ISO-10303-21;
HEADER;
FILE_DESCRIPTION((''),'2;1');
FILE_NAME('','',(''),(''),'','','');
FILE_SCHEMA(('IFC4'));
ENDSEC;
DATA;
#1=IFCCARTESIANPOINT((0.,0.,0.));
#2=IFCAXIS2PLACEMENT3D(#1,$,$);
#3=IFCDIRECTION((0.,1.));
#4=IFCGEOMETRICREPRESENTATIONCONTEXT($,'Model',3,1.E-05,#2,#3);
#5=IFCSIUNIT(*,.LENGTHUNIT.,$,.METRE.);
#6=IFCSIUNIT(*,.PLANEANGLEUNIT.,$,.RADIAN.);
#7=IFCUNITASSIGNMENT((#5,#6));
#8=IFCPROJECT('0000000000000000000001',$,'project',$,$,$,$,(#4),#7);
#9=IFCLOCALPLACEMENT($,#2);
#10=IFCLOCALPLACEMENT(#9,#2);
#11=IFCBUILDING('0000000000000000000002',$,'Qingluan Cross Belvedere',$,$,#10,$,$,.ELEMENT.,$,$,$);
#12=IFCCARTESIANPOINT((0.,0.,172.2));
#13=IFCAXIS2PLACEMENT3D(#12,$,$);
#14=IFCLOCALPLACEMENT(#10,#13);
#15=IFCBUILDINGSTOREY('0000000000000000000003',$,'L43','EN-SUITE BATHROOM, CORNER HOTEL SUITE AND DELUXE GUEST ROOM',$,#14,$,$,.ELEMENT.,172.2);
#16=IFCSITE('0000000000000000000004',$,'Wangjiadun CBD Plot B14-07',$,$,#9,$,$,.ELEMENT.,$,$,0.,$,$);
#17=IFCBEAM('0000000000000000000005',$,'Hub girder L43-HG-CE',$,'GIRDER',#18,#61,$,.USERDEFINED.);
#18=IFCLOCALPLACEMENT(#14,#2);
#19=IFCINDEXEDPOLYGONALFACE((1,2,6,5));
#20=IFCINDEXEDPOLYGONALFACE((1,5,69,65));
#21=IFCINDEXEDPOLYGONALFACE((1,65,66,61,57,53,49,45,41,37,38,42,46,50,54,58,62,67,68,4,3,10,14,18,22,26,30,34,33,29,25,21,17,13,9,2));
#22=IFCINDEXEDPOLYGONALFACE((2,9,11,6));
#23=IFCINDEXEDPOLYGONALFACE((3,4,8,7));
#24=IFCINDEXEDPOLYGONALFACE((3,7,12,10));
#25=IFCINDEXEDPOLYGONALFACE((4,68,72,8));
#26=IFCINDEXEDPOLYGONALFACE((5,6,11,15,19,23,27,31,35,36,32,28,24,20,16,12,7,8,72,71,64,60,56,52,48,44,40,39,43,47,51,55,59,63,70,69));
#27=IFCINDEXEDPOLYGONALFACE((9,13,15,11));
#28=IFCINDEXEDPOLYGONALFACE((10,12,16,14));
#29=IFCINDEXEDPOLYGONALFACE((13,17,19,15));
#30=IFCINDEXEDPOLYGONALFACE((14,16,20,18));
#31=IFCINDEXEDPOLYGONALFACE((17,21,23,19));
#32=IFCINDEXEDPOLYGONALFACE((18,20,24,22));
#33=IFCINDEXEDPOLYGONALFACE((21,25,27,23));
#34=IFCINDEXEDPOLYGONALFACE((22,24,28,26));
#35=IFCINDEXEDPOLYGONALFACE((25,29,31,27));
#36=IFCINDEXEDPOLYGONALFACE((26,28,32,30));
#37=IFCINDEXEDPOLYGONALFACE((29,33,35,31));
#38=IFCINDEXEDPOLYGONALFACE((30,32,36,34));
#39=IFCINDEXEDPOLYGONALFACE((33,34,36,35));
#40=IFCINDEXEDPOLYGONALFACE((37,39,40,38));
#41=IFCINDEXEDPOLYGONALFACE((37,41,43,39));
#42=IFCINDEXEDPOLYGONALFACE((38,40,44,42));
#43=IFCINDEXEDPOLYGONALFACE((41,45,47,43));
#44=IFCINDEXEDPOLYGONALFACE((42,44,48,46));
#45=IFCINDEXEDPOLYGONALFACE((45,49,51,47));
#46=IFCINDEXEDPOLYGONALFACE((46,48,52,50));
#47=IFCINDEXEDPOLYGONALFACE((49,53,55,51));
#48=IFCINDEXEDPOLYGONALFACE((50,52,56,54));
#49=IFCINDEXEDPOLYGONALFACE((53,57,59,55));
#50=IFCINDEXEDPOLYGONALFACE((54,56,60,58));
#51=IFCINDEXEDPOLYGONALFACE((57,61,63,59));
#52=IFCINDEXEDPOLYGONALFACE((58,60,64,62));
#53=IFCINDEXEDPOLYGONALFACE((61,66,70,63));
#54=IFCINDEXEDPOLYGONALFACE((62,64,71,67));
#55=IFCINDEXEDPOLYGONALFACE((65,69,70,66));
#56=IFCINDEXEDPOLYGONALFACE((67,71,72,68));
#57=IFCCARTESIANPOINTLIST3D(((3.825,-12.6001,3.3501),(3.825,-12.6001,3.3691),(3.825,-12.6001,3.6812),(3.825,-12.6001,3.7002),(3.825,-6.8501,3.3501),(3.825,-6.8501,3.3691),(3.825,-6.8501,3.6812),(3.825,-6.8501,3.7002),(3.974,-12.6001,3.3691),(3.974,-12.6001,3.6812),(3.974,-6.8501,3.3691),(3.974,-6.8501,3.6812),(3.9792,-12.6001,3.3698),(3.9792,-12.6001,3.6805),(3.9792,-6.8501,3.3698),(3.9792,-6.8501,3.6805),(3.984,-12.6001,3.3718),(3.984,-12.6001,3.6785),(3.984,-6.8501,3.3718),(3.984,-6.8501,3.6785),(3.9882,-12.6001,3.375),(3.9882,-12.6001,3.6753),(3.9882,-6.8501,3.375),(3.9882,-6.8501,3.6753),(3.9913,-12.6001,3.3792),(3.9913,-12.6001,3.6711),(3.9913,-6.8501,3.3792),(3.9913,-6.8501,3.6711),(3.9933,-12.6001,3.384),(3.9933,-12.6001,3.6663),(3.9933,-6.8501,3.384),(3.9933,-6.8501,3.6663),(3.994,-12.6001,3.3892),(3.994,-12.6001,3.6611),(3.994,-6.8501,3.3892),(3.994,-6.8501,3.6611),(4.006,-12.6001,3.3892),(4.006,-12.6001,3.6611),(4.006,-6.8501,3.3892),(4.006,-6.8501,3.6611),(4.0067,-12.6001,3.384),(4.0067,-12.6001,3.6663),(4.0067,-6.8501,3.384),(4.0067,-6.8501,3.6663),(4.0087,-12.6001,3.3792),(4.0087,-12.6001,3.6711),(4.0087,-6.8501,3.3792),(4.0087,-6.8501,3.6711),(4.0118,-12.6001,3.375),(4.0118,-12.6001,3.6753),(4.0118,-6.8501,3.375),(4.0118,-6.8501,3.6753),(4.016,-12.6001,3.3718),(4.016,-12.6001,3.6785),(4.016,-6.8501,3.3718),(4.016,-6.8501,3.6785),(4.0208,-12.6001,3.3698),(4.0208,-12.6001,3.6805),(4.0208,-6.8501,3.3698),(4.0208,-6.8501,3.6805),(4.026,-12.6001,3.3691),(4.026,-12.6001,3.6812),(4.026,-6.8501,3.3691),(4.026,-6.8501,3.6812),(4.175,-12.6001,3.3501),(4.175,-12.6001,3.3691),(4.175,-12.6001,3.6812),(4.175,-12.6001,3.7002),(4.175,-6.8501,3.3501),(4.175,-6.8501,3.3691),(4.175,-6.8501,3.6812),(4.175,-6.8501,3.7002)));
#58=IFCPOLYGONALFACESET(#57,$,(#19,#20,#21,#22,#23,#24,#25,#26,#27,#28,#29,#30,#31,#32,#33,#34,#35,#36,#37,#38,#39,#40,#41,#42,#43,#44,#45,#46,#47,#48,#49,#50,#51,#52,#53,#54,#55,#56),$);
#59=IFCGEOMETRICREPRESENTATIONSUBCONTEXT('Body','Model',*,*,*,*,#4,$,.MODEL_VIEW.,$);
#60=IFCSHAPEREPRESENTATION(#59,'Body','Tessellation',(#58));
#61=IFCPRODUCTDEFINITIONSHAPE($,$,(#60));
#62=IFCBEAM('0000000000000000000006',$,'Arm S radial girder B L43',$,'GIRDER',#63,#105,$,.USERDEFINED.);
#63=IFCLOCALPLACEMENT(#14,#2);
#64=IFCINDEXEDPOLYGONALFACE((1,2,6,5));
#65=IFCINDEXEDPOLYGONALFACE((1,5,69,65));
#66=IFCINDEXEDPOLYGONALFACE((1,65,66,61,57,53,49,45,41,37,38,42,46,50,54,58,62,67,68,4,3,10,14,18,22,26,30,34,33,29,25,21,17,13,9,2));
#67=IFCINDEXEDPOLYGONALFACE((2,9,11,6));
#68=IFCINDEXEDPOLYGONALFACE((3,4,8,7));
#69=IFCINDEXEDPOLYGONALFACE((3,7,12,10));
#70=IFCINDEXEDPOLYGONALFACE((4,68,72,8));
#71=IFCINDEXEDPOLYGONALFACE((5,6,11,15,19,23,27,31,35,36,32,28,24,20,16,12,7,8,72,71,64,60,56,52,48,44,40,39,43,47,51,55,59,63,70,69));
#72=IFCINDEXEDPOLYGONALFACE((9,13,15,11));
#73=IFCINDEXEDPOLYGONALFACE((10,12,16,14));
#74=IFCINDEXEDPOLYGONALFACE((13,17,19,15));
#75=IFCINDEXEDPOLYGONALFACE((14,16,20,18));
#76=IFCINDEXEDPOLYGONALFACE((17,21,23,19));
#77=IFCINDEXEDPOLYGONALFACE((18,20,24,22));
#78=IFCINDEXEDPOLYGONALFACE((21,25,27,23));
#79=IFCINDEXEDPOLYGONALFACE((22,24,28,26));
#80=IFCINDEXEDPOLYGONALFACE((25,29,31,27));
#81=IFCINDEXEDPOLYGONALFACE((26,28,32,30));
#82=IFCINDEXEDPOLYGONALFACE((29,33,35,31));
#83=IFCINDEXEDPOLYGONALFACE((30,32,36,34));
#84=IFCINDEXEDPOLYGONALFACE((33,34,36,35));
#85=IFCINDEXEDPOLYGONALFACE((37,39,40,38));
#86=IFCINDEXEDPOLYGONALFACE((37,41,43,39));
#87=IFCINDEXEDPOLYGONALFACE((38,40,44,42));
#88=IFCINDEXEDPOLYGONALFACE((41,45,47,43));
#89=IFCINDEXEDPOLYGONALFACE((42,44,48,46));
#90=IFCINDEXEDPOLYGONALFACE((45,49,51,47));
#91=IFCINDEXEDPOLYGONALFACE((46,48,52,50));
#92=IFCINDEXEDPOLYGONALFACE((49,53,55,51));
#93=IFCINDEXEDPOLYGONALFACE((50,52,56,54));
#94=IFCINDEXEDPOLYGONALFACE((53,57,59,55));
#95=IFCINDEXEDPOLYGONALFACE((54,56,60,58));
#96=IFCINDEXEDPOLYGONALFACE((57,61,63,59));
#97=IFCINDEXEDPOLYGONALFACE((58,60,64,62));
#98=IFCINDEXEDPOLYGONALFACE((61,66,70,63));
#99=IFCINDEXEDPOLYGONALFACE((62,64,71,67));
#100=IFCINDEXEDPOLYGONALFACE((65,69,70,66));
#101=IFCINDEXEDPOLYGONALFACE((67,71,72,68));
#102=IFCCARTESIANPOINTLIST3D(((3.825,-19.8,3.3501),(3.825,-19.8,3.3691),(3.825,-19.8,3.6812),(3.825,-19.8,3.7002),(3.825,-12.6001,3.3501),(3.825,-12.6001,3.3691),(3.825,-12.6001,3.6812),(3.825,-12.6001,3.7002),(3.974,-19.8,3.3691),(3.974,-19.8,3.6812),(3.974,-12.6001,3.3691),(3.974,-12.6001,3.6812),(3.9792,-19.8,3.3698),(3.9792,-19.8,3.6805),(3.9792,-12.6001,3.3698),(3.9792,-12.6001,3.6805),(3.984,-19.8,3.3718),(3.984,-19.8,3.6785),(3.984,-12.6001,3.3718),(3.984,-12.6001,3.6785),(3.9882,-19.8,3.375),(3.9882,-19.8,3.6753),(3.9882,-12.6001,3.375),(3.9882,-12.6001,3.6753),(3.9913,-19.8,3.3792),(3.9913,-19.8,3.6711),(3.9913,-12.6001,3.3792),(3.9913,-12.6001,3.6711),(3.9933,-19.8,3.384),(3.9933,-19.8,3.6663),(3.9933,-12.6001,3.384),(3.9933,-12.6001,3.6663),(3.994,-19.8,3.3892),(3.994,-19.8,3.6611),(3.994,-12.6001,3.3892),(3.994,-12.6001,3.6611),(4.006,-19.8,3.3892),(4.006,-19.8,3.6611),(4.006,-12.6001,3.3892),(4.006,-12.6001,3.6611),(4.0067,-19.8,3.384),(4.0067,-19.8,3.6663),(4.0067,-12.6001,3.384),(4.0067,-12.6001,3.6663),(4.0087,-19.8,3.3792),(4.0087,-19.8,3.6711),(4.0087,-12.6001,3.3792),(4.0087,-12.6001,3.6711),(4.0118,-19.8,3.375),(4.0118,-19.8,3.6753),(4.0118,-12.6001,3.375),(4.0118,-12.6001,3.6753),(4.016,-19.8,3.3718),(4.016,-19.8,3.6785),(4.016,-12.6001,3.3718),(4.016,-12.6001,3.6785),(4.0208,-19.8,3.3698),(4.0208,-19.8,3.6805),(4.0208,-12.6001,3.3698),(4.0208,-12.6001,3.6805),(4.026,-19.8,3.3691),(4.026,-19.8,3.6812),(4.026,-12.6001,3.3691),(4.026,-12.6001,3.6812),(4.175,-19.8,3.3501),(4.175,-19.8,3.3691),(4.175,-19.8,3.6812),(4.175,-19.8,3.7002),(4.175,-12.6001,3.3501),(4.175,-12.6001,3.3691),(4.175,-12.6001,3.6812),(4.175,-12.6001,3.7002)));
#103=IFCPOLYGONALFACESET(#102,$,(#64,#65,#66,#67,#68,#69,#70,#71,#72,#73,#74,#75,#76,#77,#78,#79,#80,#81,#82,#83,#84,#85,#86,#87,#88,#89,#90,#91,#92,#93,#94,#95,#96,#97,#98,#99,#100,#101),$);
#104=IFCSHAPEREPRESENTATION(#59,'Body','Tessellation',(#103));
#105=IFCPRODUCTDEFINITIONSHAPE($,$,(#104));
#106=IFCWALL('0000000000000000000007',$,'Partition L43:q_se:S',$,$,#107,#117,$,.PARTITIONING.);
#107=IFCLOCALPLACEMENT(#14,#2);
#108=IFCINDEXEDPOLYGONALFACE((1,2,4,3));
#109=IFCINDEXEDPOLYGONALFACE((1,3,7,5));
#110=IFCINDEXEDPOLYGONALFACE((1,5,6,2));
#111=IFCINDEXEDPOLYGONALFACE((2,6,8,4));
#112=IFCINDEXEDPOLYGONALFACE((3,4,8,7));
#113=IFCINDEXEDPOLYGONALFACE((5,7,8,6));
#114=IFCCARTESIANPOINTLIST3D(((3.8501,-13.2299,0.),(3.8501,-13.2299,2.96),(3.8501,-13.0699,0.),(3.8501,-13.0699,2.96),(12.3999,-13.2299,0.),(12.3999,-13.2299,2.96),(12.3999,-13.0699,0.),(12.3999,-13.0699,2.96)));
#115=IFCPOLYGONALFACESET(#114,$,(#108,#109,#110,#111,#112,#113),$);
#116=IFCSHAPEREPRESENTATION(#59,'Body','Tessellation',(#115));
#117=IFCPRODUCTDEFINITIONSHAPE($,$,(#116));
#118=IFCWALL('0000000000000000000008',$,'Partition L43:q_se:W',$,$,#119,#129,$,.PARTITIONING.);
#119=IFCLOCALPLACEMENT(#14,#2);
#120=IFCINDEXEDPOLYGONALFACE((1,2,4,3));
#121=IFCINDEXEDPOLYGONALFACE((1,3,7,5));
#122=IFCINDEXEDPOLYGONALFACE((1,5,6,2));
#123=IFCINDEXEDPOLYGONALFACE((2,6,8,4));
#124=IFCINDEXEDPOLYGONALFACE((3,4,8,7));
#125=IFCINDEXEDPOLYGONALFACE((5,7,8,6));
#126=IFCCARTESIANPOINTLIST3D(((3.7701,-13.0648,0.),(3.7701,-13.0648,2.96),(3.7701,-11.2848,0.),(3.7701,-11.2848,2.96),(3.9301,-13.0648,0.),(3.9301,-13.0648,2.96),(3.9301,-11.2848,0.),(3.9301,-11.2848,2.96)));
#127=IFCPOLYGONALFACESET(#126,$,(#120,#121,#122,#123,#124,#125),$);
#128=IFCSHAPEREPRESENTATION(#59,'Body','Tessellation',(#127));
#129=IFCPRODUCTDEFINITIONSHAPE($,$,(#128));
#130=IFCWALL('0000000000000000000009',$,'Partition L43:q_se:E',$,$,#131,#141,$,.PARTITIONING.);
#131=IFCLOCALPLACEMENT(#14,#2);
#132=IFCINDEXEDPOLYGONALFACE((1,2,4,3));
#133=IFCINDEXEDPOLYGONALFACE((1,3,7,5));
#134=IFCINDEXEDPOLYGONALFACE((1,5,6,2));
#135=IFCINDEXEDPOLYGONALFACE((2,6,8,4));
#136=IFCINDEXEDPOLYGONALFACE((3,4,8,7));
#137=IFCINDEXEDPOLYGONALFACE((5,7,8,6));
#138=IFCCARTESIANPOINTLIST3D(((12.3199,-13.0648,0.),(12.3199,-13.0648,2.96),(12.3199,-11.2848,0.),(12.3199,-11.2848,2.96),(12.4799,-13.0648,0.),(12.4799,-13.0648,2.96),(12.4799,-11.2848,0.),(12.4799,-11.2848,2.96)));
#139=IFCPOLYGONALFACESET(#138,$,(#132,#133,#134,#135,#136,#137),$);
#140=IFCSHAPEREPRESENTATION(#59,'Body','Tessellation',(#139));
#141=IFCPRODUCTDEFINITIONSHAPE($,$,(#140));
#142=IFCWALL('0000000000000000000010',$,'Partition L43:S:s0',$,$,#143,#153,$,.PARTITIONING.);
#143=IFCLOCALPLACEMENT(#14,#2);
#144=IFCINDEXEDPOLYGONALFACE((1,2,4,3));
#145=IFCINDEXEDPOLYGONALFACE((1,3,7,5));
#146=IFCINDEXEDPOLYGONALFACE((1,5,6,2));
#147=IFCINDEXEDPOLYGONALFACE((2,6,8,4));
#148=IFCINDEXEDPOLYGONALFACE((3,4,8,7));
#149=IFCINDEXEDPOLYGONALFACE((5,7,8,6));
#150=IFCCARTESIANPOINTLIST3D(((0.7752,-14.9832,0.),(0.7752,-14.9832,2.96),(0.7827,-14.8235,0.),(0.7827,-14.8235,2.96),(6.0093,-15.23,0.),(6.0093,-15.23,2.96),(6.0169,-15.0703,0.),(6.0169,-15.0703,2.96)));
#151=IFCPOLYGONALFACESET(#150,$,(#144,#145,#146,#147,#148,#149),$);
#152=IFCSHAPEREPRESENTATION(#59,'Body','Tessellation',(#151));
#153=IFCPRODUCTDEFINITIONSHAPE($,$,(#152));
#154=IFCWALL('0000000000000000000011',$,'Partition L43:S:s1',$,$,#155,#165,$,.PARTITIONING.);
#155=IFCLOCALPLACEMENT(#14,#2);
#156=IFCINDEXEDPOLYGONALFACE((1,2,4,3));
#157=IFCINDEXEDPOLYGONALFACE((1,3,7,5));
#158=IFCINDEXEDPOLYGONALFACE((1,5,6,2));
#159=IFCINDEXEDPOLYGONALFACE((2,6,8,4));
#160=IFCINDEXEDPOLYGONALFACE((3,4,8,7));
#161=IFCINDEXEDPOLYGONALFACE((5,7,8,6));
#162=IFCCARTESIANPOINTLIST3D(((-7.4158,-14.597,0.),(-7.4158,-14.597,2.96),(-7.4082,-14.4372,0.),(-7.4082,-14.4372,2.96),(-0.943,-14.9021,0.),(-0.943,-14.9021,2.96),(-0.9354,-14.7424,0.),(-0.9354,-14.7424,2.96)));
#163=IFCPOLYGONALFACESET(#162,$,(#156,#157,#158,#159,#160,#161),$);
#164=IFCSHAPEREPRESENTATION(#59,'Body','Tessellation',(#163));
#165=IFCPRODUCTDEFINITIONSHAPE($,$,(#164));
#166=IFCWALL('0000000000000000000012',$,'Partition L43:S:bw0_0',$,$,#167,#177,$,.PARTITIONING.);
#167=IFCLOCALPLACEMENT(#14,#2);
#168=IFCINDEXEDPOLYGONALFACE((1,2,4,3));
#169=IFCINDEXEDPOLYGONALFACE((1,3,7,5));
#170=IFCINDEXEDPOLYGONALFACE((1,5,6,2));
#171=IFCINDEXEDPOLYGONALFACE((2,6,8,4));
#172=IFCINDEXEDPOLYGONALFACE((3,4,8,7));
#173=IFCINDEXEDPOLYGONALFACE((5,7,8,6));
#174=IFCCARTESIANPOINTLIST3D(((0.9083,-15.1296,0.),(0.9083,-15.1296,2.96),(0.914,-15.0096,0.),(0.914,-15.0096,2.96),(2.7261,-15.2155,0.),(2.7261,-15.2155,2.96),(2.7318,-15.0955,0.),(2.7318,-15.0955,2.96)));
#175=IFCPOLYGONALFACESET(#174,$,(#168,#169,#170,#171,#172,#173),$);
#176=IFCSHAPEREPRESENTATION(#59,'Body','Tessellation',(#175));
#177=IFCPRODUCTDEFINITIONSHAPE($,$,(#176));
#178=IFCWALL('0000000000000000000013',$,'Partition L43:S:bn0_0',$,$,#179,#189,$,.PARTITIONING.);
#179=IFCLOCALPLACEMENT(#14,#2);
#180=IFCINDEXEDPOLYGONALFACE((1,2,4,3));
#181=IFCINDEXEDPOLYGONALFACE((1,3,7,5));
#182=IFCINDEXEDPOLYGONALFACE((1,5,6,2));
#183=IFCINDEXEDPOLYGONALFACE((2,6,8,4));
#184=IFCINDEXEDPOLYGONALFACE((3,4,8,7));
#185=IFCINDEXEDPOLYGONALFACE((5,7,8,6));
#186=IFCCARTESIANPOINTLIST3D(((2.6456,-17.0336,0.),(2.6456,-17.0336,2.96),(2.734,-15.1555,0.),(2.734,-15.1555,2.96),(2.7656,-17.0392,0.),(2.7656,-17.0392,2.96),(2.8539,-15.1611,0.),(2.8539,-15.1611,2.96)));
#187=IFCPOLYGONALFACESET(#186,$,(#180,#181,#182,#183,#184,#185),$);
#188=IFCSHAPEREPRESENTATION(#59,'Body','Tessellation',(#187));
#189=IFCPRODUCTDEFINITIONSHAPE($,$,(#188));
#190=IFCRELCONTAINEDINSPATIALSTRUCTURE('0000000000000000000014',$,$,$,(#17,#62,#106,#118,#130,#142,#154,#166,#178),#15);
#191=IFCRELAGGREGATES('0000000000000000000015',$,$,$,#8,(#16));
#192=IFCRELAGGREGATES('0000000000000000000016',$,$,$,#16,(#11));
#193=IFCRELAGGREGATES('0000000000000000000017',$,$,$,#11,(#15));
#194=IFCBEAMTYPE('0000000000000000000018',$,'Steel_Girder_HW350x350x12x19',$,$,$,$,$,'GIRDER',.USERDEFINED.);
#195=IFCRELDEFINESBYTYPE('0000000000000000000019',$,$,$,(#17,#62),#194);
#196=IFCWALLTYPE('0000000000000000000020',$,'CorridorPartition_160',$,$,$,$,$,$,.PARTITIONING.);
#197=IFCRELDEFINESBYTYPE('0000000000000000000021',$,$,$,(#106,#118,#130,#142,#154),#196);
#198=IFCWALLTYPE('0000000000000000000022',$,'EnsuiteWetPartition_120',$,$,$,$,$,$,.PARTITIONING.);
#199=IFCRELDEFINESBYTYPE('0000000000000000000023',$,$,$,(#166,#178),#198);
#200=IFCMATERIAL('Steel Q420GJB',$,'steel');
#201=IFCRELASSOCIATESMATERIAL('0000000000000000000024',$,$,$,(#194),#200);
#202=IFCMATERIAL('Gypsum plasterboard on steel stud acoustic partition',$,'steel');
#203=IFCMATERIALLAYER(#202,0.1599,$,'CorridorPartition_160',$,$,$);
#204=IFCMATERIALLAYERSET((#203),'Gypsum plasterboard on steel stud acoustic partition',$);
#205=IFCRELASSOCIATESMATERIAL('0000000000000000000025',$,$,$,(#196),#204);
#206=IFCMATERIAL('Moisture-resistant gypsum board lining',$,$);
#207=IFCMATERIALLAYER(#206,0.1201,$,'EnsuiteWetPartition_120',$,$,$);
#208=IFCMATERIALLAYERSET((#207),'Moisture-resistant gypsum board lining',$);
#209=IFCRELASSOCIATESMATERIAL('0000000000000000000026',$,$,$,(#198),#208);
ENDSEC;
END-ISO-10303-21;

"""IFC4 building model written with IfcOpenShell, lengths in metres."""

from ifc_helpers import new_model, si_unit, direction, frame, frame_2d, origin, origin_2d, place, context, subcontext, project, spatial, rectangle, i_section, extrude, material, layer, layer_set, material_profile, profile_set, type_object, element, save


model = new_model("IFC4")

# Units and contexts
model_context = context("Model", 3, precision=1e-05, world=origin(), true_north=direction((0.0, 1.0)))
body_context = subcontext(model_context, "Body", "Model", "MODEL_VIEW")
ifc_project = project(units=[si_unit("LENGTHUNIT", "METRE"), si_unit("PLANEANGLEUNIT", "RADIAN")], contexts=[model_context])

# Site, building, storey
site_placement = place(None, origin())
site = spatial("IfcSite", under=ifc_project, at=site_placement, Name="Wangjiadun CBD Plot B14-07", CompositionType="ELEMENT", RefElevation=0.0)
building_placement = place(site_placement, origin())
building = spatial("IfcBuilding", under=site, at=building_placement, Name="Qingluan Cross Belvedere", CompositionType="ELEMENT")
storey_placement = place(building_placement, frame((0.0, 0.0, 172.2)))
storey = spatial("IfcBuildingStorey", under=building, at=storey_placement, Name="L43", Description="EN-SUITE BATHROOM, CORNER HOTEL SUITE AND DELUXE GUEST ROOM", CompositionType="ELEMENT", Elevation=172.2)

# Beams
ifc_material_1 = material(Name="Steel Q420GJB", Category="steel")
ifc_material_profile_1 = material_profile(ifc_material_1, i_section(OverallWidth=0.3501, OverallDepth=0.3501, WebThickness=0.012, FlangeThickness=0.019, FilletRadius=0.02, at=origin_2d()), Name="HW350x350x12x19")
ifc_profile_set_1 = profile_set([ifc_material_profile_1], Name="Steel Q420GJB")
beam_type_1 = type_object("IfcBeamType", Name="Steel_Girder_HW350x350x12x19", ElementType="GIRDER", PredefinedType="USERDEFINED", material=ifc_profile_set_1)
beam_1_placement = place(storey_placement, frame((4.0, -12.6001, 3.5251), z_axis=(0.0, 1.0, 0.0), x_axis=(-1.0, 0.0, 0.0)))
element("IfcBeam", 1, at=beam_1_placement, inside=storey, type_object=beam_type_1, Name="Hub girder L43-HG-CE", ObjectType="GIRDER", PredefinedType="USERDEFINED", context=body_context, shape_type="SweptSolid", body=[
    extrude(i_section(OverallWidth=0.3501, OverallDepth=0.3501, WebThickness=0.012, FlangeThickness=0.019, FilletRadius=0.02, at=origin_2d()), origin(), (0.0, 0.0, 1.0), 5.75),
])
beam_2_placement = place(storey_placement, frame((4.0, -12.6001, 3.5251), z_axis=(0.0, -1.0, 0.0), x_axis=(1.0, 0.0, 0.0)))
element("IfcBeam", 2, at=beam_2_placement, inside=storey, type_object=beam_type_1, Name="Arm S radial girder B L43", ObjectType="GIRDER", PredefinedType="USERDEFINED", context=body_context, shape_type="SweptSolid", body=[
    extrude(i_section(OverallWidth=0.3501, OverallDepth=0.3501, WebThickness=0.012, FlangeThickness=0.019, FilletRadius=0.02, at=origin_2d()), origin(), (0.0, 0.0, 1.0), 7.2),
])

# Walls
ifc_material_2 = material(Name="Gypsum plasterboard on steel stud acoustic partition", Category="steel")
ifc_layer_1 = layer(ifc_material_2, 0.1599, Name="CorridorPartition_160")
ifc_layer_set_1 = layer_set([ifc_layer_1], Name="Gypsum plasterboard on steel stud acoustic partition")
wall_type_1 = type_object("IfcWallType", Name="CorridorPartition_160", PredefinedType="PARTITIONING", material=ifc_layer_set_1)
wall_1_placement = place(storey_placement, frame((3.8501, -13.1499, 0.0), z_axis=(0.0, 0.0, 1.0), x_axis=(1.0, 0.0, 0.0)))
element("IfcWall", 3, at=wall_1_placement, inside=storey, type_object=wall_type_1, Name="Partition L43:q_se:S", PredefinedType="PARTITIONING", context=body_context, shape_type="SweptSolid", body=[
    extrude(rectangle(XDim=8.5498, YDim=0.1599, at=frame_2d((4.2749, 0.0))), origin(), (0.0, 0.0, 1.0), 2.96),
])
for number, where, z_axis, x_axis, name in (
    (4, (3.8501, -13.0649, 0.0), (0.0, 0.0, 1.0), (0.0, 1.0, 0.0), "Partition L43:q_se:W"),
    (5, (12.3999, -13.0649, 0.0), (0.0, 0.0, 1.0), (0.0, 1.0, 0.0), "Partition L43:q_se:E"),
):
    element("IfcWall", number, at=place(storey_placement, frame(where, z_axis=z_axis, x_axis=x_axis)), inside=storey, type_object=wall_type_1, Name=name, PredefinedType="PARTITIONING", context=body_context, shape_type="SweptSolid", body=[
        extrude(rectangle(XDim=1.78, YDim=0.1599, at=frame_2d((0.8901, 0.0))), origin(), (0.0, 0.0, 1.0), 2.96),
    ])

# Wall
wall_2_placement = place(storey_placement, frame((0.7788, -14.9033, 0.0), z_axis=(0.0, 0.0, 1.0), x_axis=(0.99889, -0.047105, 0.0)))
element("IfcWall", 6, at=wall_2_placement, inside=storey, type_object=wall_type_1, Name="Partition L43:S:s0", PredefinedType="PARTITIONING", context=body_context, shape_type="SweptSolid", body=[
    extrude(rectangle(XDim=5.24, YDim=0.1599, at=frame_2d((2.6201, 0.0))), origin(), (0.0, 0.0, 1.0), 2.96),
])

# Walls
wall_3_placement = place(storey_placement, frame((-0.9392, -14.8223, 0.0), z_axis=(0.0, 0.0, 1.0), x_axis=(-0.99889, 0.047094, 0.0)))
element("IfcWall", 7, at=wall_3_placement, inside=storey, type_object=wall_type_1, Name="Partition L43:S:s1", PredefinedType="PARTITIONING", context=body_context, shape_type="SweptSolid", body=[
    extrude(rectangle(XDim=6.48, YDim=0.1599, at=frame_2d((3.24, 0.0))), origin(), (0.0, 0.0, 1.0), 2.96),
])
ifc_material_3 = material(Name="Moisture-resistant gypsum board lining")
ifc_layer_2 = layer(ifc_material_3, 0.1201, Name="EnsuiteWetPartition_120")
ifc_layer_set_2 = layer_set([ifc_layer_2], Name="Moisture-resistant gypsum board lining")
wall_type_2 = type_object("IfcWallType", Name="EnsuiteWetPartition_120", PredefinedType="PARTITIONING", material=ifc_layer_set_2)
wall_4_placement = place(storey_placement, frame((0.9111, -15.0696, 0.0), z_axis=(0.0, 0.0, 1.0), x_axis=(0.998884, -0.047221, 0.0)))
element("IfcWall", 8, at=wall_4_placement, inside=storey, type_object=wall_type_2, Name="Partition L43:S:bw0_0", PredefinedType="PARTITIONING", context=body_context, shape_type="SweptSolid", body=[
    extrude(rectangle(XDim=1.8198, YDim=0.1201, at=frame_2d((0.9099, 0.0))), origin(), (0.0, 0.0, 1.0), 2.96),
])
wall_5_placement = place(storey_placement, frame((2.7939, -15.1584, 0.0), z_axis=(0.0, 0.0, 1.0), x_axis=(-0.04701, -0.998894, 0.0)))
element("IfcWall", 9, at=wall_5_placement, inside=storey, type_object=wall_type_2, Name="Partition L43:S:bn0_0", PredefinedType="PARTITIONING", context=body_context, shape_type="SweptSolid", body=[
    extrude(rectangle(XDim=1.8801, YDim=0.1201, at=frame_2d((0.9399, 0.0))), origin(), (0.0, 0.0, 1.0), 2.96),
])

save(model, "model.ifc")
